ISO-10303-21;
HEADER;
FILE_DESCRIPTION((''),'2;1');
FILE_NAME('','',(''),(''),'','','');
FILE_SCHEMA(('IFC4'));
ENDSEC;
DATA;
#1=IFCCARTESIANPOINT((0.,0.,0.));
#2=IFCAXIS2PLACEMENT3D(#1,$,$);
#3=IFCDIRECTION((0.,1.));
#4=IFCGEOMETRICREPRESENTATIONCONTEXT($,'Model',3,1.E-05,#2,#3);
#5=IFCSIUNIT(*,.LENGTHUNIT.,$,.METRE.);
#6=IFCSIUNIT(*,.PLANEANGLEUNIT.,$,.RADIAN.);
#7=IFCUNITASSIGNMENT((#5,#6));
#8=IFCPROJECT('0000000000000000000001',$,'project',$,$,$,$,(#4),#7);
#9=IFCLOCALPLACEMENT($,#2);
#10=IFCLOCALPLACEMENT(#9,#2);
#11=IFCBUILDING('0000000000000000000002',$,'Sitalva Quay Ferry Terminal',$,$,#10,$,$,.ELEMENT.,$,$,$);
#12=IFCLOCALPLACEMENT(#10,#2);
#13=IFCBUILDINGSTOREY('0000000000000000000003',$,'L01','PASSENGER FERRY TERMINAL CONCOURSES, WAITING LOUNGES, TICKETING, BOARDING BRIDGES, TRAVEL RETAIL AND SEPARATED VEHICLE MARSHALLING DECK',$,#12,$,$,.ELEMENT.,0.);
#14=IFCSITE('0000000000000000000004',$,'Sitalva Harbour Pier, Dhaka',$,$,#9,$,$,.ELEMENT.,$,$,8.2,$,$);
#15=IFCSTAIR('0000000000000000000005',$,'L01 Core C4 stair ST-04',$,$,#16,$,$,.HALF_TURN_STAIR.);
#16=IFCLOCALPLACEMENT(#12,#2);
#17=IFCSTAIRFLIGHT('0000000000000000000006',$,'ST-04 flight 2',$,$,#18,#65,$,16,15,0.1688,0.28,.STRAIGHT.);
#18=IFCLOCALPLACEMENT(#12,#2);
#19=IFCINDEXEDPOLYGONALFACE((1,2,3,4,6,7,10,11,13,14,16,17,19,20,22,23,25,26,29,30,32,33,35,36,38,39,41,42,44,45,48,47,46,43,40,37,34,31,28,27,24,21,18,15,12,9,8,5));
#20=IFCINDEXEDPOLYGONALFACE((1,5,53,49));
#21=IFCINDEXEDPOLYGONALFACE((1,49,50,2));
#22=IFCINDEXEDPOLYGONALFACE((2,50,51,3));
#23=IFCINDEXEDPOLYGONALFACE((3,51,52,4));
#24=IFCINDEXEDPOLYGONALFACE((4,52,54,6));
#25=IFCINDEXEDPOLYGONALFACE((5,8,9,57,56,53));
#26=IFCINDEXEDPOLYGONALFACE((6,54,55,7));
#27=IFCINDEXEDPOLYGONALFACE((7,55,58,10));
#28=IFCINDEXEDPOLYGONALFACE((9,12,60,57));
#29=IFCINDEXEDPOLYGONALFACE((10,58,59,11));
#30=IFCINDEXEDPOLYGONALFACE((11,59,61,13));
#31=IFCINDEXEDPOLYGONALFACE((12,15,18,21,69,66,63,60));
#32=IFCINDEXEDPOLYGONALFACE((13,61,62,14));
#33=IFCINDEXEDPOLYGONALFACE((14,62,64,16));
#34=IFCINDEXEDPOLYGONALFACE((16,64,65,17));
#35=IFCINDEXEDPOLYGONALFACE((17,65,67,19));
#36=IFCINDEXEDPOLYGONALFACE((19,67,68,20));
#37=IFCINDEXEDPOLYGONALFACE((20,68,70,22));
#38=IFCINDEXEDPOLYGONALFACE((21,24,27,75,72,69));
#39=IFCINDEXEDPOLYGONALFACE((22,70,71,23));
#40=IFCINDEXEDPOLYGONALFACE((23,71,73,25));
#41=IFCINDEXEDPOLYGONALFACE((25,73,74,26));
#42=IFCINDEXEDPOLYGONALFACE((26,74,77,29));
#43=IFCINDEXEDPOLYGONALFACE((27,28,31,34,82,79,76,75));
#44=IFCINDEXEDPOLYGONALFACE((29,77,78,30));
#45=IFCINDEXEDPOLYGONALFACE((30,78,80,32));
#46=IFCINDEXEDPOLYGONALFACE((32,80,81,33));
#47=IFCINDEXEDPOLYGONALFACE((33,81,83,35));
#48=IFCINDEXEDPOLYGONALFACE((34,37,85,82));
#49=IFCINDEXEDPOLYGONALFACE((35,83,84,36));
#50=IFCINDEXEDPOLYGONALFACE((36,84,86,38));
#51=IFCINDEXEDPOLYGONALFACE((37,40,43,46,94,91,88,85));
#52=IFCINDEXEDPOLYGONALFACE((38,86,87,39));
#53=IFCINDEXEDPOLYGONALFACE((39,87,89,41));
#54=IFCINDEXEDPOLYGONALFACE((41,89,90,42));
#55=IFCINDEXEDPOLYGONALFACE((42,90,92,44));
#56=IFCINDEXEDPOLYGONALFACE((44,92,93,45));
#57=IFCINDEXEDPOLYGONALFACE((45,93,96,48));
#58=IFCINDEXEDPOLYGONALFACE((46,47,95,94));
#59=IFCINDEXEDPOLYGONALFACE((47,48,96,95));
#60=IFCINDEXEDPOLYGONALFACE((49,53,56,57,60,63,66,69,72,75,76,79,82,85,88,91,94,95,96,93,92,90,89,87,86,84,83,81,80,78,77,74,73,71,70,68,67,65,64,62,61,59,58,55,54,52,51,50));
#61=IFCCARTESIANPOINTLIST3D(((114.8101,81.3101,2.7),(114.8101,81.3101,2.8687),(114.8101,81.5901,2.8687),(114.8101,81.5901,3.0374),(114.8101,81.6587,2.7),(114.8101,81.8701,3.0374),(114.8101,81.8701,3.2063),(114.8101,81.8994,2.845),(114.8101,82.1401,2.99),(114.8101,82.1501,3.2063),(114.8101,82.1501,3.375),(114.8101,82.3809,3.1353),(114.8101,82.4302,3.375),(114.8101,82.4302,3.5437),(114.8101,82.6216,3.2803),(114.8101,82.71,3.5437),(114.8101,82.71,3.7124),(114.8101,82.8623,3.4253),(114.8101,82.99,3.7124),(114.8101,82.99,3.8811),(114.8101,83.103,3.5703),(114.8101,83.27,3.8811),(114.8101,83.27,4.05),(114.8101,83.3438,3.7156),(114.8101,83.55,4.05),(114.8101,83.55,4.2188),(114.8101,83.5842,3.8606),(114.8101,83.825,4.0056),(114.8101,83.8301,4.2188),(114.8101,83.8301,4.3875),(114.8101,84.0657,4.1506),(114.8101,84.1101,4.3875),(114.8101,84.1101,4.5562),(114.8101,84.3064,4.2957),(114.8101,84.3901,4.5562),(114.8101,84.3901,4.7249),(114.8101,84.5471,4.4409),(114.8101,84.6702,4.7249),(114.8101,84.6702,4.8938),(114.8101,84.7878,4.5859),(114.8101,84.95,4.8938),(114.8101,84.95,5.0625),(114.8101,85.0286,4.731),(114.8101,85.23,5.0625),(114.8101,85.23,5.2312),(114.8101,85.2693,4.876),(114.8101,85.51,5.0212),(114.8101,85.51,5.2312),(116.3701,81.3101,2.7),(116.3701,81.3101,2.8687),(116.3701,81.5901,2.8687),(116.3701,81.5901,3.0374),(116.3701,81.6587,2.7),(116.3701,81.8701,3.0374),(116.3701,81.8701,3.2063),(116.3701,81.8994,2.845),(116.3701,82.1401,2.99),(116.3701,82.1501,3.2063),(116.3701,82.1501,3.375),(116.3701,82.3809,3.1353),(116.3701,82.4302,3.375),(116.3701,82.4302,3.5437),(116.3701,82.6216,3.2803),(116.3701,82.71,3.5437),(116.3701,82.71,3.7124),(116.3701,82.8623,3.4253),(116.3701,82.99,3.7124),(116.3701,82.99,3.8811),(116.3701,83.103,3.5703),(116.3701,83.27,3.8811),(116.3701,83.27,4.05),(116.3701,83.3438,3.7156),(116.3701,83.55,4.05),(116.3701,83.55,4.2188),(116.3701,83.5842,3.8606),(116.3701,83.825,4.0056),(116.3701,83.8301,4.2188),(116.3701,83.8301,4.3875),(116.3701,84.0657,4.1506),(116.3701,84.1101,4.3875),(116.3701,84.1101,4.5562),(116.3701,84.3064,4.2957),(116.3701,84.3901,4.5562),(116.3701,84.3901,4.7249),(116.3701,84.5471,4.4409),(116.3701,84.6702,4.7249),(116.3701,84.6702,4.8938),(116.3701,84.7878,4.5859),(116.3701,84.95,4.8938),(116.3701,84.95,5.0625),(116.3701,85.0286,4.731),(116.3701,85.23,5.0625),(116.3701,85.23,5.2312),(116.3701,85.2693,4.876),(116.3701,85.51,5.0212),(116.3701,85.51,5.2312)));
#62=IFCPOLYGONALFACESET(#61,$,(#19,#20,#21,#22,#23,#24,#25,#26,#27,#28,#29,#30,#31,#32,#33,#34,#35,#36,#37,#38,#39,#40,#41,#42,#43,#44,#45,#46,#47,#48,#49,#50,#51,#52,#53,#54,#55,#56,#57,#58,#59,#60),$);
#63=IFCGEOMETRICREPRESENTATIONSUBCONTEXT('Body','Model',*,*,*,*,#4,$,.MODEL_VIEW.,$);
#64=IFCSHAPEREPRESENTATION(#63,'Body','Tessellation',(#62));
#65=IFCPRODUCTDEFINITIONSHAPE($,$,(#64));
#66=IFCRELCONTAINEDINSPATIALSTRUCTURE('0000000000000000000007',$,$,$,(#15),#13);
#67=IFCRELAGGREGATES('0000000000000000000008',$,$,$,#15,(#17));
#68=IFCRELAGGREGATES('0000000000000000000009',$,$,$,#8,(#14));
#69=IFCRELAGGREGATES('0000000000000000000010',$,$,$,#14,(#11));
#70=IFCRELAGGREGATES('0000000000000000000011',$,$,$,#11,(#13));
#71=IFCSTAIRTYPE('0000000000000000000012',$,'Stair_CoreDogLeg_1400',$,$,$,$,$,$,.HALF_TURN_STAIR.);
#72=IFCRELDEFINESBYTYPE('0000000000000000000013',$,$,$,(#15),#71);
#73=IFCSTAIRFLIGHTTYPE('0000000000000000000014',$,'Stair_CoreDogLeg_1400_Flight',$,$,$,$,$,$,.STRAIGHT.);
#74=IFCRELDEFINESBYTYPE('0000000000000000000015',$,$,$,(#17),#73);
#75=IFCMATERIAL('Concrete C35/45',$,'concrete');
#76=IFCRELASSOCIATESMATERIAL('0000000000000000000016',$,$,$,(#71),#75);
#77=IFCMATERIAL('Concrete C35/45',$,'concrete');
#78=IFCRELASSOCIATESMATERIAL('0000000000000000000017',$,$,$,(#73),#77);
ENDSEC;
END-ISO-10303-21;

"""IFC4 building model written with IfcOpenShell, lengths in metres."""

from ifc_helpers import new_model, si_unit, direction, frame, origin, place, context, subcontext, project, spatial, polyline, outline, extrude, material, type_object, element, aggregate, save


model = new_model("IFC4")

# Units and contexts
model_context = context("Model", 3, precision=1e-05, world=origin(), true_north=direction((0.0, 1.0)))
body_context = subcontext(model_context, "Body", "Model", "MODEL_VIEW")
ifc_project = project(units=[si_unit("LENGTHUNIT", "METRE"), si_unit("PLANEANGLEUNIT", "RADIAN")], contexts=[model_context])

# Site, building, storey
site_placement = place(None, origin())
site = spatial("IfcSite", under=ifc_project, at=site_placement, Name="Sitalva Harbour Pier, Dhaka", CompositionType="ELEMENT", RefElevation=8.2)
building_placement = place(site_placement, origin())
building = spatial("IfcBuilding", under=site, at=building_placement, Name="Sitalva Quay Ferry Terminal", CompositionType="ELEMENT")
storey_placement = place(building_placement, origin())
storey = spatial("IfcBuildingStorey", under=building, at=storey_placement, Name="L01", Description="PASSENGER FERRY TERMINAL CONCOURSES, WAITING LOUNGES, TICKETING, BOARDING BRIDGES, TRAVEL RETAIL AND SEPARATED VEHICLE MARSHALLING DECK", CompositionType="ELEMENT", Elevation=0.0)

# Stair, stair flight
ifc_material_1 = material(Name="Concrete C35/45", Category="concrete")
stair_type = type_object("IfcStairType", Name="Stair_CoreDogLeg_1400", PredefinedType="HALF_TURN_STAIR", material=ifc_material_1)
stair_placement = place(storey_placement, origin())
stair = element("IfcStair", 1, at=stair_placement, inside=storey, type_object=stair_type, Name="L01 Core C4 stair ST-04", PredefinedType="HALF_TURN_STAIR")
ifc_material_2 = material(Name="Concrete C35/45", Category="concrete")
stair_flight_type = type_object("IfcStairFlightType", Name="Stair_CoreDogLeg_1400_Flight", PredefinedType="STRAIGHT", material=ifc_material_2)
stair_flight_1_placement = place(storey_placement, frame((115.5901, 81.3101, 2.7), z_axis=(0.0, 0.0, 1.0), x_axis=(0.0, 1.0, 0.0)))
stair_flight_1 = element("IfcStairFlight", 2, at=stair_flight_1_placement, type_object=stair_flight_type, Name="ST-04 flight 2", NumberOfRisers=16, NumberOfTreads=15, PredefinedType="STRAIGHT", RiserHeight=0.1688, TreadLength=0.28, context=body_context, shape_type="SweptSolid", body=[
    extrude(outline(polyline([(0.0, 0.0), (0.0, 0.1687), (0.28, 0.1687), (0.28, 0.3374), (0.5601, 0.3374), (0.5601, 0.5063), (0.8401, 0.5063), (0.8401, 0.675), (1.1201, 0.675), (1.1201, 0.8438), (1.3999, 0.8438), (1.3999, 1.0125), (1.6799, 1.0125), (1.6799, 1.1812), (1.96, 1.1812), (1.96, 1.3501), (2.24, 1.3501), (2.24, 1.5188), (2.52, 1.5188), (2.52, 1.6875), (2.8, 1.6875), (2.8, 1.8562), (3.0801, 1.8562), (3.0801, 2.0249), (3.3601, 2.0249), (3.3601, 2.1938), (3.6399, 2.1938), (3.6399, 2.3625), (3.9199, 2.3625), (3.9199, 2.5312), (4.2, 2.5312), (4.2, 2.7), (4.2, 2.3213), (3.9592, 2.176), (3.7185, 2.031), (3.4778, 1.886), (3.2371, 1.741), (2.9963, 1.5957), (2.7556, 1.4507), (2.5149, 1.3057), (2.2742, 1.1606), (2.0337, 1.0156), (1.793, 0.8704), (1.5522, 0.7253), (1.3115, 0.5803), (1.0708, 0.4353), (0.8301, 0.29), (0.5894, 0.145), (0.3486, 0.0), (0.0, 0.0)])), frame((0.0, 0.78, 0.0), z_axis=(0.0, -1.0, 0.0), x_axis=(1.0, 0.0, 0.0)), (0.0, 0.0, 1.0), 1.5601),
])
aggregate(stair, [stair_flight_1])

save(model, "model.ifc")
